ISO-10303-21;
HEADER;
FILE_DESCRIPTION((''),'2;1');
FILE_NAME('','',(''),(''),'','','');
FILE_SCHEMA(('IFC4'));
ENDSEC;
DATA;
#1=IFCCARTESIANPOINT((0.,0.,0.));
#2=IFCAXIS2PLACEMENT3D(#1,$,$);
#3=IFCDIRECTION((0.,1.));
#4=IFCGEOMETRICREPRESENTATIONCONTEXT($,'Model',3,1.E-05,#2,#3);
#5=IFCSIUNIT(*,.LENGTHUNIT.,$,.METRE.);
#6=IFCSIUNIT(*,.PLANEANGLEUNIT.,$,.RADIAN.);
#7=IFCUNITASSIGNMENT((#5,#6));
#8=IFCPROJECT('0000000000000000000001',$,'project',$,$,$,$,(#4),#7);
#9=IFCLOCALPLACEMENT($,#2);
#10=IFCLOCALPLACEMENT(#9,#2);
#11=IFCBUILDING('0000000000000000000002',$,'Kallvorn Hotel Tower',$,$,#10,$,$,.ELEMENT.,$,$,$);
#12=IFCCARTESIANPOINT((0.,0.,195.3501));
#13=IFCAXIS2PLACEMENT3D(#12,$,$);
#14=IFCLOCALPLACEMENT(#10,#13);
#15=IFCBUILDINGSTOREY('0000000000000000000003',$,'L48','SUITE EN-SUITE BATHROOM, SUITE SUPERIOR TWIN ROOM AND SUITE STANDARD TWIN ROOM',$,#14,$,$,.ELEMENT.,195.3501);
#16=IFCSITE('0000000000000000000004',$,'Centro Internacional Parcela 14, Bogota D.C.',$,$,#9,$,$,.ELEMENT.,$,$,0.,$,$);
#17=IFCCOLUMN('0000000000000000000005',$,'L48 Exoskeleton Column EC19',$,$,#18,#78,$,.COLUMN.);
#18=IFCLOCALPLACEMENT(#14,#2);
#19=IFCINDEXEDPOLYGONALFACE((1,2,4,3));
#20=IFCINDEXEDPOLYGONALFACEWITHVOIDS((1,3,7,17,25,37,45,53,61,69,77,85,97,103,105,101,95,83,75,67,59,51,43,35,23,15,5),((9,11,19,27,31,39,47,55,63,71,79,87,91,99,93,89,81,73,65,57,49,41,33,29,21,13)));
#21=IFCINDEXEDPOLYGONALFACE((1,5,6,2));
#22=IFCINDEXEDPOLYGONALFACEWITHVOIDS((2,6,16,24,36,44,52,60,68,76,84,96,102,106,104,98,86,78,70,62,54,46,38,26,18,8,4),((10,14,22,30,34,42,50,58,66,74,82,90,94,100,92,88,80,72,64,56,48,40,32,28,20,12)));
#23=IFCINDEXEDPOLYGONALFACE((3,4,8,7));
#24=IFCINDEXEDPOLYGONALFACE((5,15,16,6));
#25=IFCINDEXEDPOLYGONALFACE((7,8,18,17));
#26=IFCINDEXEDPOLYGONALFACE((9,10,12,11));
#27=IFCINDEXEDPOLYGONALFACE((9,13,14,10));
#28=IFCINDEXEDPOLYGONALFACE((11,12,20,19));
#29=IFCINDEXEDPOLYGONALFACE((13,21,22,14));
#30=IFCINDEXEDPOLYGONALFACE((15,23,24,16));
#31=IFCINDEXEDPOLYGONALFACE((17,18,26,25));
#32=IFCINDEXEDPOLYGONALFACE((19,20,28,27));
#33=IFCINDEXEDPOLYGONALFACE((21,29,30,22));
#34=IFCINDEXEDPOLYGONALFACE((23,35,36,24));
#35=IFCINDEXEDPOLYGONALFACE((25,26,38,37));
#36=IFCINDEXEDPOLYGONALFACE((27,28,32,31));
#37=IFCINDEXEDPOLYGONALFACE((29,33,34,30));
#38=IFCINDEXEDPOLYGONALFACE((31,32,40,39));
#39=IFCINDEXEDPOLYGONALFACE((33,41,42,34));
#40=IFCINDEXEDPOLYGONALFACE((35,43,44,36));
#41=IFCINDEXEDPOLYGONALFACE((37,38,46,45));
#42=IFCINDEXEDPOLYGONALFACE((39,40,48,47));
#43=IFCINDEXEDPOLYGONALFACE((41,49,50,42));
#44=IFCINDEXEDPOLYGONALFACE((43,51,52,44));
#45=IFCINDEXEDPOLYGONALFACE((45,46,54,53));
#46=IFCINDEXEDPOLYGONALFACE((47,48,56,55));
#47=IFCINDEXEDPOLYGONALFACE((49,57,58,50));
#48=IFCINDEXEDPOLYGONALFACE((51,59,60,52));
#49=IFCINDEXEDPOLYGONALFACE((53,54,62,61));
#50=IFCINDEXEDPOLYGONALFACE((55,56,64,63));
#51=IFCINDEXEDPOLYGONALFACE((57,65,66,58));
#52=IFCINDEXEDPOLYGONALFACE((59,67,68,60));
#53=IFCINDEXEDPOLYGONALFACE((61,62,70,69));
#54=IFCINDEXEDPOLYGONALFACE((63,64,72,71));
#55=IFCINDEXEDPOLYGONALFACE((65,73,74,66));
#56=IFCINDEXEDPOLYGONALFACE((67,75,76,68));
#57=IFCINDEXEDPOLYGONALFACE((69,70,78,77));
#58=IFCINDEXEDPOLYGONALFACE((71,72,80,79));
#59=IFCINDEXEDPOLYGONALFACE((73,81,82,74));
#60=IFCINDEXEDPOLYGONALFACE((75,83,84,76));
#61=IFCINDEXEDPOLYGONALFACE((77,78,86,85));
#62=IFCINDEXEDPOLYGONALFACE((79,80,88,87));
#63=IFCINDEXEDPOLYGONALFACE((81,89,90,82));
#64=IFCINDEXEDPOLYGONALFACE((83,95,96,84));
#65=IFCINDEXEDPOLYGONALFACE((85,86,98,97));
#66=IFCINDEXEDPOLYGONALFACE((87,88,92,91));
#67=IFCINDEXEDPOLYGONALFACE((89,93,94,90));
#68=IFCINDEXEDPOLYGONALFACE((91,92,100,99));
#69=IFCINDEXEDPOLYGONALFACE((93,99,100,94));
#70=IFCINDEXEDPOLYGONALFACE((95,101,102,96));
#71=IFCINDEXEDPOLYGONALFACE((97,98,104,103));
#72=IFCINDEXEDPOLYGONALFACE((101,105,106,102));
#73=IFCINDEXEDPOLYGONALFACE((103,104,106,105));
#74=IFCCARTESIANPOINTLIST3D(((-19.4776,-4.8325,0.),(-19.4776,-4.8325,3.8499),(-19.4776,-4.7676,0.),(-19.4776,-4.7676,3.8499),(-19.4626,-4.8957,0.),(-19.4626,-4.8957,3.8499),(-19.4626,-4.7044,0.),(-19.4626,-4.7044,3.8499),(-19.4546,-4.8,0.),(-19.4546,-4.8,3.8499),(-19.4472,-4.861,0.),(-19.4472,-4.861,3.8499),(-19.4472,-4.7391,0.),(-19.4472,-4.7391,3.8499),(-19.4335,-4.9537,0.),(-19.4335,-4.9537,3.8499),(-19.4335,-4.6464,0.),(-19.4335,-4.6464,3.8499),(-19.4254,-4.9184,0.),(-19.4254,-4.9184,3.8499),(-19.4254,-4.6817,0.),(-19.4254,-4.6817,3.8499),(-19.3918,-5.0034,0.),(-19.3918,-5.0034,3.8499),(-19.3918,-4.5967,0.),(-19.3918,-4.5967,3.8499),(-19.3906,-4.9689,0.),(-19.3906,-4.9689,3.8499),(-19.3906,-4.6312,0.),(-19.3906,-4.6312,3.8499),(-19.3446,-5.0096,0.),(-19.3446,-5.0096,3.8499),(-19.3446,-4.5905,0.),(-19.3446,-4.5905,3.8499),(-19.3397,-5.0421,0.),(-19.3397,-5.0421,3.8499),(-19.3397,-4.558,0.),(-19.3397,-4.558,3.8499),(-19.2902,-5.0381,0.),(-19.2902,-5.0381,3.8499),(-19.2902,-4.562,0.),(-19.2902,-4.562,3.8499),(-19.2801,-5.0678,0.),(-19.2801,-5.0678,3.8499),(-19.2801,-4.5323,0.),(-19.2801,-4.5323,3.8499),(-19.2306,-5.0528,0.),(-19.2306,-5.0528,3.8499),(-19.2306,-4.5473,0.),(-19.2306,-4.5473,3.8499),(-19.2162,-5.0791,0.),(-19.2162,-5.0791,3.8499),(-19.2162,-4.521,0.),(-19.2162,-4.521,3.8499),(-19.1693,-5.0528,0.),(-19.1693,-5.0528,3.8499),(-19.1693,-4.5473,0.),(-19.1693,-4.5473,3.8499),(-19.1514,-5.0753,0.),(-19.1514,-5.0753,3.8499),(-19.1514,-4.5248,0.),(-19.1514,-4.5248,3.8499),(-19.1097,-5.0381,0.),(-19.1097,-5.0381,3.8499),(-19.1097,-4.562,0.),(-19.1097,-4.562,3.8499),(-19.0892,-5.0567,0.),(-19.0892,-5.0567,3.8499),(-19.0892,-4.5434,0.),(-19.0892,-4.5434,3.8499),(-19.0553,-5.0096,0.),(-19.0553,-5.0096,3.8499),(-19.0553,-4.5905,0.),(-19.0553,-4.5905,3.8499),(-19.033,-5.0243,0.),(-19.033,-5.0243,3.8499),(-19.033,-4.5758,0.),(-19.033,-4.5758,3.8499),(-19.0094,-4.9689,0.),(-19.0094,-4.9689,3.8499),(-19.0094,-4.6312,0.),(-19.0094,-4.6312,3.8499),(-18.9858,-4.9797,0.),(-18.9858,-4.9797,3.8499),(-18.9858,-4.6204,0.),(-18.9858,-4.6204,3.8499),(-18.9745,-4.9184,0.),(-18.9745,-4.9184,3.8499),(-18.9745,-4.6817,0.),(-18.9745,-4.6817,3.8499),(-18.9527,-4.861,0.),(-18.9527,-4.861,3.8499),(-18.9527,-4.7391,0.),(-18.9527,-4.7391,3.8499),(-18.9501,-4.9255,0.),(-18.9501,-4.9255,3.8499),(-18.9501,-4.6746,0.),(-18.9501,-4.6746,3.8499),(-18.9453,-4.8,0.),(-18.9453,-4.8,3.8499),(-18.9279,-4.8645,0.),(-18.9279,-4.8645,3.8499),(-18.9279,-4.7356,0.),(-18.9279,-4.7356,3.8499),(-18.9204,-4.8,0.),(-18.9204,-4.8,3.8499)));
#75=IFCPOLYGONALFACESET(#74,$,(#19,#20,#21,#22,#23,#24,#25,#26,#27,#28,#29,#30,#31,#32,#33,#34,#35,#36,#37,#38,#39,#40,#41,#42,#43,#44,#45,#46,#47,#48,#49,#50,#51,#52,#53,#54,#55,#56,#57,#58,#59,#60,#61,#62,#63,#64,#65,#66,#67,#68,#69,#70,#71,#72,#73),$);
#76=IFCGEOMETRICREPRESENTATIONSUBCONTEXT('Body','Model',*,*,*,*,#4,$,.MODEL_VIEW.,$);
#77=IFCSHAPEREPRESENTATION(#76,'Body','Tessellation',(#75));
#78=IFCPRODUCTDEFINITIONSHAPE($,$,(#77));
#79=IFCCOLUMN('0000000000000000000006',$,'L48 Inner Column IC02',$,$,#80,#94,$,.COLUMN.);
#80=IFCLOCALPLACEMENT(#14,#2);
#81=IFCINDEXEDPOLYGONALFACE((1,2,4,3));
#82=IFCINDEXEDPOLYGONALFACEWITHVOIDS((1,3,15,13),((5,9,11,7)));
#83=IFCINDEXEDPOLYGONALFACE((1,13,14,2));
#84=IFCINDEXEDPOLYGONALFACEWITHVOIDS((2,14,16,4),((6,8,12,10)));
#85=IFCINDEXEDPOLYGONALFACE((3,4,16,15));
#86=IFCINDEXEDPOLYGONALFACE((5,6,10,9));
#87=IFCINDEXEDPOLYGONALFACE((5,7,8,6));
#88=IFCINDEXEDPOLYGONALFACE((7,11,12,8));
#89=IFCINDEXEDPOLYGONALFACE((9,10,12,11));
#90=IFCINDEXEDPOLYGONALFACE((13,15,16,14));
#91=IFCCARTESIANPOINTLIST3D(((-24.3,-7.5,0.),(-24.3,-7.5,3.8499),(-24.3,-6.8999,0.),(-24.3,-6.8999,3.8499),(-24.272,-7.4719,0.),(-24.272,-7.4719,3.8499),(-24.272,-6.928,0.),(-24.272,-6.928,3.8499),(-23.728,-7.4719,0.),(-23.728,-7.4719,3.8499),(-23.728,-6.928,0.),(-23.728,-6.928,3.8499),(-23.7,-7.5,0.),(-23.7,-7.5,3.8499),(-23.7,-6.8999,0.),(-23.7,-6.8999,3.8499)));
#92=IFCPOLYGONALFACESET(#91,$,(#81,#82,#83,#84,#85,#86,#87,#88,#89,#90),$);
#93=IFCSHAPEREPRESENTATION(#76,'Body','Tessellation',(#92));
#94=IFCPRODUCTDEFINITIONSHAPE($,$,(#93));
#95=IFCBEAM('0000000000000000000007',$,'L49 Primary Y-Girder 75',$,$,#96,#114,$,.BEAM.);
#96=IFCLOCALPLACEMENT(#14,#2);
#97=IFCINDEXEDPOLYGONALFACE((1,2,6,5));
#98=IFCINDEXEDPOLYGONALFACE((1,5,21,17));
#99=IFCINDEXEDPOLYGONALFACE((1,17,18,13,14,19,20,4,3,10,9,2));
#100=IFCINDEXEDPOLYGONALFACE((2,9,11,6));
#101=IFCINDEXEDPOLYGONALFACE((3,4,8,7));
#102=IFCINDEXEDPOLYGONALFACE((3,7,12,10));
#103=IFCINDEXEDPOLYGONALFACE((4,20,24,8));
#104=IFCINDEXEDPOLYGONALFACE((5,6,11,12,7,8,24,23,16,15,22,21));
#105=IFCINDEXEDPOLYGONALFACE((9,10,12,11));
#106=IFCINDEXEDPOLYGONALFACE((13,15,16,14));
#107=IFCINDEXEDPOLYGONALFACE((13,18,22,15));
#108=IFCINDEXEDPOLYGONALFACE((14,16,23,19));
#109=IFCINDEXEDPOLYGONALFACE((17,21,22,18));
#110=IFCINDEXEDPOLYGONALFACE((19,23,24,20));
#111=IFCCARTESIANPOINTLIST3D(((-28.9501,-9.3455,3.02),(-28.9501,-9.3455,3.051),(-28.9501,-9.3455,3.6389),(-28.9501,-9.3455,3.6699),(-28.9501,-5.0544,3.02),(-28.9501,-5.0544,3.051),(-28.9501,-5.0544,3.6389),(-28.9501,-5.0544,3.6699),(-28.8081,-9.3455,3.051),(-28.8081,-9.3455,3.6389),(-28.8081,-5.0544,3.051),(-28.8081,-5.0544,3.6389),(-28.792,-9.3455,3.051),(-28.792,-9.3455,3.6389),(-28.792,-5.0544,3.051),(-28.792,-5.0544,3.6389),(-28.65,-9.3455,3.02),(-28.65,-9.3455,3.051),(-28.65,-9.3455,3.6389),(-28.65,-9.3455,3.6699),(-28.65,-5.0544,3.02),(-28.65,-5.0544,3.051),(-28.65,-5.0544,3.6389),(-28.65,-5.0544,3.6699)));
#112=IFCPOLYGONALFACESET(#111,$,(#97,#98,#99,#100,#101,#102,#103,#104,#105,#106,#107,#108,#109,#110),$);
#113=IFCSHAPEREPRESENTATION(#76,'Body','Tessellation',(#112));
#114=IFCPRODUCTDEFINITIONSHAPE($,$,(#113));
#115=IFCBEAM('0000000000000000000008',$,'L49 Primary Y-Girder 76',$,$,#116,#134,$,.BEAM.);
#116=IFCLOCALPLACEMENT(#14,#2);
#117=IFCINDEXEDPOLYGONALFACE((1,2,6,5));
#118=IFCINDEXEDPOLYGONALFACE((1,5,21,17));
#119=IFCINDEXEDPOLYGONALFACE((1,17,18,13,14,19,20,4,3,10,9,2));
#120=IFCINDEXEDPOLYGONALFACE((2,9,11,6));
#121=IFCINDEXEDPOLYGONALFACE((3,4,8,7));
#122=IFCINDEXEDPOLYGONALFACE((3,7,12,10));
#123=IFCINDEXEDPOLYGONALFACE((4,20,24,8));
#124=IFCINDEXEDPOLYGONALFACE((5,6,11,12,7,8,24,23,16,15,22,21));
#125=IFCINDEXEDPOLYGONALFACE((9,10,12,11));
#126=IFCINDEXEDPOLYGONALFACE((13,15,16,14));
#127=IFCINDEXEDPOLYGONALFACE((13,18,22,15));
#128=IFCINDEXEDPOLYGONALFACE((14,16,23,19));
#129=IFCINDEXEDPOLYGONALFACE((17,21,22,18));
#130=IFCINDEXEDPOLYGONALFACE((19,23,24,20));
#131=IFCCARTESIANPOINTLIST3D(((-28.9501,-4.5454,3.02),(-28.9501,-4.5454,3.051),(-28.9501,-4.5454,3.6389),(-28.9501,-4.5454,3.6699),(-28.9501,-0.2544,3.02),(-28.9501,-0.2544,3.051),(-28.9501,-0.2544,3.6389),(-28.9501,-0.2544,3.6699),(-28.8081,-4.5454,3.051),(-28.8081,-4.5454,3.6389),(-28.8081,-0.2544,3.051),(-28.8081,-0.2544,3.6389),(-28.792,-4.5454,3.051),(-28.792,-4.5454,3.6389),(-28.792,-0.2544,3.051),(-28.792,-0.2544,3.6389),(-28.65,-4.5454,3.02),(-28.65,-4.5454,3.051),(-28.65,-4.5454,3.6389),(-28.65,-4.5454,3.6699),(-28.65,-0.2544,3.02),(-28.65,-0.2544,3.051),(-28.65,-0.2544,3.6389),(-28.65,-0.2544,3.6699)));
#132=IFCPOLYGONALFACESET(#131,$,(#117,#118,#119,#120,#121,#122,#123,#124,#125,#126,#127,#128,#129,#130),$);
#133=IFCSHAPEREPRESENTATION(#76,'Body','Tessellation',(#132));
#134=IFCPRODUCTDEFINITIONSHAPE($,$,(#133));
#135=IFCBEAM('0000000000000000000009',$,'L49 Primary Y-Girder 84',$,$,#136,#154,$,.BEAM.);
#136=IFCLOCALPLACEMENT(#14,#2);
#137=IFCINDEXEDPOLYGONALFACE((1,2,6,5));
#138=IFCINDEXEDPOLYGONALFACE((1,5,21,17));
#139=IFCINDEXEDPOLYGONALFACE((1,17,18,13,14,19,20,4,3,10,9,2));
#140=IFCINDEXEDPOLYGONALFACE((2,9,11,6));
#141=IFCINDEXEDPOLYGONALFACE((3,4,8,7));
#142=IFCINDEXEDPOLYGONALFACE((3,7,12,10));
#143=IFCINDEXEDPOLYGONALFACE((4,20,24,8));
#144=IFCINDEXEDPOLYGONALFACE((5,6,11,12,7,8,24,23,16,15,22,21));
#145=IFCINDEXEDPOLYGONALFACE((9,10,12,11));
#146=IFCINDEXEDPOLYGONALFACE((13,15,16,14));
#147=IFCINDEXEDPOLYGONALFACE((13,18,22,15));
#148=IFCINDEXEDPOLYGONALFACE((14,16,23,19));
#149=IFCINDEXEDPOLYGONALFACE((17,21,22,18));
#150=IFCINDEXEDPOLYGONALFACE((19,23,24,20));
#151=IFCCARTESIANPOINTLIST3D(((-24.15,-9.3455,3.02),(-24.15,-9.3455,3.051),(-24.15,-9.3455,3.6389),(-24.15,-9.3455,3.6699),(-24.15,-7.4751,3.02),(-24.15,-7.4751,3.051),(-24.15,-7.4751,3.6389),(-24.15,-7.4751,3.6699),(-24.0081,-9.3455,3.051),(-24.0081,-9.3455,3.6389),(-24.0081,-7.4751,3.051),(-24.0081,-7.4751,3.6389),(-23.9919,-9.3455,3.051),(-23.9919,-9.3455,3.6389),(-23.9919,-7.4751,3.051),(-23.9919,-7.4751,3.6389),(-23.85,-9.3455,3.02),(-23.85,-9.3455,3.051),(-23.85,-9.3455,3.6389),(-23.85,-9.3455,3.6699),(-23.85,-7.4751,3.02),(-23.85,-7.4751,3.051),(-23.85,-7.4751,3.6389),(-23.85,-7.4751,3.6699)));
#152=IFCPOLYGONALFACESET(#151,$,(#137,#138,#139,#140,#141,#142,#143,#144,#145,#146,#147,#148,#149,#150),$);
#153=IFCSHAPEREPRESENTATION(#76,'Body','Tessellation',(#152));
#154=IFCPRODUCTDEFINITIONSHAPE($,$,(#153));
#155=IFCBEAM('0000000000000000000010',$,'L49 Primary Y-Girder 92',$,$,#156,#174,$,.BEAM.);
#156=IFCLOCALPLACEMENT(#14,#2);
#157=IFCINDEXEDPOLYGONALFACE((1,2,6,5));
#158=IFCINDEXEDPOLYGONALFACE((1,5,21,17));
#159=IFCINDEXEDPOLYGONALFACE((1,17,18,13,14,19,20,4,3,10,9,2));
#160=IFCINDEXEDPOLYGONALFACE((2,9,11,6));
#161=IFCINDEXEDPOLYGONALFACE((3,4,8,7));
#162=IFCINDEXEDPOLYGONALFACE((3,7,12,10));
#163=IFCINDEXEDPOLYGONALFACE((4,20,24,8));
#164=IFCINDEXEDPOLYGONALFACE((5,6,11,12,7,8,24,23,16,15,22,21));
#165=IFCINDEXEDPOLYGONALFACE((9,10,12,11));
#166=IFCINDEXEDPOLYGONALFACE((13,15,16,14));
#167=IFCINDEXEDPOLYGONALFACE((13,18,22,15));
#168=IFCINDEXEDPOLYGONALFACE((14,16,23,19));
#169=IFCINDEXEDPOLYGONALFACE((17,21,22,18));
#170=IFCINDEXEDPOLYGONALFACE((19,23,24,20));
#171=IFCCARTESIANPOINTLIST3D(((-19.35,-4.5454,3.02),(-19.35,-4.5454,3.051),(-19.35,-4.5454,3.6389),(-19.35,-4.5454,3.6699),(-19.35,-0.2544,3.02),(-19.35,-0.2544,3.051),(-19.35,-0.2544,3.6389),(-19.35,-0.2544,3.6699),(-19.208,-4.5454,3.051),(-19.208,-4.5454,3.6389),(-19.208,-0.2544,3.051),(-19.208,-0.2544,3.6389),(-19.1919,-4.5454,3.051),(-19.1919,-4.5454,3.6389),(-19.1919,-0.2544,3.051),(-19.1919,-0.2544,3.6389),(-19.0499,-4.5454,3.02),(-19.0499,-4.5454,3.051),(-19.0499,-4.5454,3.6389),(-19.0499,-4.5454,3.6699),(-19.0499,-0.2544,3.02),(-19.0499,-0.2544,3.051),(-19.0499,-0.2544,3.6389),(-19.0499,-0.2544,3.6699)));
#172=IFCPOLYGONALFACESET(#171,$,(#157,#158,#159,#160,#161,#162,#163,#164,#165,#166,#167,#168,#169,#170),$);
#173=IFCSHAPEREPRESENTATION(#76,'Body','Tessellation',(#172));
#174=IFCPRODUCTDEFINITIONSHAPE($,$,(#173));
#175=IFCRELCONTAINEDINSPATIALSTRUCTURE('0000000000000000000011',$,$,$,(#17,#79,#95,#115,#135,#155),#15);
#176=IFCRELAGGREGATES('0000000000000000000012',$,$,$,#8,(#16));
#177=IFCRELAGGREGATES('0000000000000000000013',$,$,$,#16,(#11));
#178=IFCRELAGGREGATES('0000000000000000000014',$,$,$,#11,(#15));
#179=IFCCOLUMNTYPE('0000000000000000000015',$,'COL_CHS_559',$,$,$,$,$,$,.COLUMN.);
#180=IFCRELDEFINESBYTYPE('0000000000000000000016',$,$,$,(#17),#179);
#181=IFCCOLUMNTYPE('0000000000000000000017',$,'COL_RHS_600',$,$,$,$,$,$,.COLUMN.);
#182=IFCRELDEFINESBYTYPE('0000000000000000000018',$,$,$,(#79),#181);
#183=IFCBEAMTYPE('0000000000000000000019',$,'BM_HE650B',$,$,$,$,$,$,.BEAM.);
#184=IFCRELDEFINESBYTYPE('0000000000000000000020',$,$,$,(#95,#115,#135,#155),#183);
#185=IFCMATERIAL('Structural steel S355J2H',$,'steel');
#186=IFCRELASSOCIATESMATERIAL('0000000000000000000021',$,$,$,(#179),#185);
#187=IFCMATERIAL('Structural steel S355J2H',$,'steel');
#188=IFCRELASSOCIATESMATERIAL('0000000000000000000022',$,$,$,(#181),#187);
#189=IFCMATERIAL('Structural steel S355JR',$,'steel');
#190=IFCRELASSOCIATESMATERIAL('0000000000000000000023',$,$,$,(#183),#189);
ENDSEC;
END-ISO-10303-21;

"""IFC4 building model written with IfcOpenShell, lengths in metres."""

from ifc_helpers import new_model, si_unit, direction, frame, origin, origin_2d, place, context, subcontext, project, spatial, hollow_rectangle, hollow_circle, i_section, extrude, material, material_profile, profile_set, type_object, element, save


model = new_model("IFC4")

# Units and contexts
model_context = context("Model", 3, precision=1e-05, world=origin(), true_north=direction((0.0, 1.0)))
body_context = subcontext(model_context, "Body", "Model", "MODEL_VIEW")
ifc_project = project(units=[si_unit("LENGTHUNIT", "METRE"), si_unit("PLANEANGLEUNIT", "RADIAN")], contexts=[model_context])

# Site, building, storey
site_placement = place(None, origin())
site = spatial("IfcSite", under=ifc_project, at=site_placement, Name="Centro Internacional Parcela 14, Bogota D.C.", CompositionType="ELEMENT", RefElevation=0.0)
building_placement = place(site_placement, origin())
building = spatial("IfcBuilding", under=site, at=building_placement, Name="Kallvorn Hotel Tower", CompositionType="ELEMENT")
storey_placement = place(building_placement, frame((0.0, 0.0, 195.3501)))
storey = spatial("IfcBuildingStorey", under=building, at=storey_placement, Name="L48", Description="SUITE EN-SUITE BATHROOM, SUITE SUPERIOR TWIN ROOM AND SUITE STANDARD TWIN ROOM", CompositionType="ELEMENT", Elevation=195.3501)

# Columns
ifc_material_1 = material(Name="Structural steel S355J2H", Category="steel")
ifc_material_profile_1 = material_profile(ifc_material_1, hollow_circle(Radius=0.2795, WallThickness=0.0249, at=origin_2d()), Name="CHS 559x25")
ifc_profile_set_1 = profile_set([ifc_material_profile_1], Name="Structural steel S355J2H")
column_type_1 = type_object("IfcColumnType", Name="COL_CHS_559", PredefinedType="COLUMN", material=ifc_profile_set_1)
for number, where, z_axis, x_axis, name in (
    (1, (-19.2, -4.8, 0.0), (0.0, 0.0, 1.0), (1.0, 0.0, 0.0), "L48 Exoskeleton Column EC19"),
):
    element("IfcColumn", number, at=place(storey_placement, frame(where, z_axis=z_axis, x_axis=x_axis)), inside=storey, type_object=column_type_1, Name=name, PredefinedType="COLUMN", context=body_context, shape_type="SweptSolid", body=[
        extrude(hollow_circle(Radius=0.2795, WallThickness=0.0249, at=origin_2d()), origin(), (0.0, 0.0, 1.0), 3.8499),
    ])
ifc_material_2 = material(Name="Structural steel S355J2H", Category="steel")
ifc_material_profile_2 = material_profile(ifc_material_2, hollow_rectangle(XDim=0.6001, YDim=0.6001, WallThickness=0.0281, at=origin_2d()), Name="RHS 600x600x28")
ifc_profile_set_2 = profile_set([ifc_material_profile_2], Name="Structural steel S355J2H")
column_type_2 = type_object("IfcColumnType", Name="COL_RHS_600", PredefinedType="COLUMN", material=ifc_profile_set_2)
column_placement = place(storey_placement, frame((-24.0, -7.2, 0.0), z_axis=(0.0, 0.0, 1.0), x_axis=(1.0, 0.0, 0.0)))
element("IfcColumn", 2, at=column_placement, inside=storey, type_object=column_type_2, Name="L48 Inner Column IC02", PredefinedType="COLUMN", context=body_context, shape_type="SweptSolid", body=[
    extrude(hollow_rectangle(XDim=0.6001, YDim=0.6001, WallThickness=0.0281, at=origin_2d()), origin(), (0.0, 0.0, 1.0), 3.8499),
])

# Beams
ifc_material_3 = material(Name="Structural steel S355JR", Category="steel")
ifc_material_profile_3 = material_profile(ifc_material_3, i_section(OverallWidth=0.3, OverallDepth=0.6499, WebThickness=0.0161, FlangeThickness=0.031, at=origin_2d()), Name="HE 650 B")
ifc_profile_set_3 = profile_set([ifc_material_profile_3], Name="Structural steel S355JR")
beam_type_1 = type_object("IfcBeamType", Name="BM_HE650B", PredefinedType="BEAM", material=ifc_profile_set_3)
for number, where, z_axis, x_axis, name in (
    (3, (-28.8, -9.3455, 3.345), (0.0, 1.0, 0.0), (-1.0, 0.0, 0.0), "L49 Primary Y-Girder 75"),
    (4, (-28.8, -4.5454, 3.345), (0.0, 1.0, 0.0), (-1.0, 0.0, 0.0), "L49 Primary Y-Girder 76"),
):
    element("IfcBeam", number, at=place(storey_placement, frame(where, z_axis=z_axis, x_axis=x_axis)), inside=storey, type_object=beam_type_1, Name=name, PredefinedType="BEAM", context=body_context, shape_type="SweptSolid", body=[
        extrude(i_section(OverallWidth=0.3, OverallDepth=0.6499, WebThickness=0.0161, FlangeThickness=0.031, at=origin_2d()), origin(), (0.0, 0.0, 1.0), 4.291),
    ])
beam_1_placement = place(storey_placement, frame((-24.0, -9.3455, 3.345), z_axis=(0.0, 1.0, 0.0), x_axis=(-1.0, 0.0, 0.0)))
element("IfcBeam", 5, at=beam_1_placement, inside=storey, type_object=beam_type_1, Name="L49 Primary Y-Girder 84", PredefinedType="BEAM", context=body_context, shape_type="SweptSolid", body=[
    extrude(i_section(OverallWidth=0.3, OverallDepth=0.6499, WebThickness=0.0161, FlangeThickness=0.031, at=origin_2d()), origin(), (0.0, 0.0, 1.0), 1.8704),
])
beam_2_placement = place(storey_placement, frame((-19.2, -4.5454, 3.345), z_axis=(0.0, 1.0, 0.0), x_axis=(-1.0, 0.0, 0.0)))
element("IfcBeam", 6, at=beam_2_placement, inside=storey, type_object=beam_type_1, Name="L49 Primary Y-Girder 92", PredefinedType="BEAM", context=body_context, shape_type="SweptSolid", body=[
    extrude(i_section(OverallWidth=0.3, OverallDepth=0.6499, WebThickness=0.0161, FlangeThickness=0.031, at=origin_2d()), origin(), (0.0, 0.0, 1.0), 4.291),
])

save(model, "model.ifc")
